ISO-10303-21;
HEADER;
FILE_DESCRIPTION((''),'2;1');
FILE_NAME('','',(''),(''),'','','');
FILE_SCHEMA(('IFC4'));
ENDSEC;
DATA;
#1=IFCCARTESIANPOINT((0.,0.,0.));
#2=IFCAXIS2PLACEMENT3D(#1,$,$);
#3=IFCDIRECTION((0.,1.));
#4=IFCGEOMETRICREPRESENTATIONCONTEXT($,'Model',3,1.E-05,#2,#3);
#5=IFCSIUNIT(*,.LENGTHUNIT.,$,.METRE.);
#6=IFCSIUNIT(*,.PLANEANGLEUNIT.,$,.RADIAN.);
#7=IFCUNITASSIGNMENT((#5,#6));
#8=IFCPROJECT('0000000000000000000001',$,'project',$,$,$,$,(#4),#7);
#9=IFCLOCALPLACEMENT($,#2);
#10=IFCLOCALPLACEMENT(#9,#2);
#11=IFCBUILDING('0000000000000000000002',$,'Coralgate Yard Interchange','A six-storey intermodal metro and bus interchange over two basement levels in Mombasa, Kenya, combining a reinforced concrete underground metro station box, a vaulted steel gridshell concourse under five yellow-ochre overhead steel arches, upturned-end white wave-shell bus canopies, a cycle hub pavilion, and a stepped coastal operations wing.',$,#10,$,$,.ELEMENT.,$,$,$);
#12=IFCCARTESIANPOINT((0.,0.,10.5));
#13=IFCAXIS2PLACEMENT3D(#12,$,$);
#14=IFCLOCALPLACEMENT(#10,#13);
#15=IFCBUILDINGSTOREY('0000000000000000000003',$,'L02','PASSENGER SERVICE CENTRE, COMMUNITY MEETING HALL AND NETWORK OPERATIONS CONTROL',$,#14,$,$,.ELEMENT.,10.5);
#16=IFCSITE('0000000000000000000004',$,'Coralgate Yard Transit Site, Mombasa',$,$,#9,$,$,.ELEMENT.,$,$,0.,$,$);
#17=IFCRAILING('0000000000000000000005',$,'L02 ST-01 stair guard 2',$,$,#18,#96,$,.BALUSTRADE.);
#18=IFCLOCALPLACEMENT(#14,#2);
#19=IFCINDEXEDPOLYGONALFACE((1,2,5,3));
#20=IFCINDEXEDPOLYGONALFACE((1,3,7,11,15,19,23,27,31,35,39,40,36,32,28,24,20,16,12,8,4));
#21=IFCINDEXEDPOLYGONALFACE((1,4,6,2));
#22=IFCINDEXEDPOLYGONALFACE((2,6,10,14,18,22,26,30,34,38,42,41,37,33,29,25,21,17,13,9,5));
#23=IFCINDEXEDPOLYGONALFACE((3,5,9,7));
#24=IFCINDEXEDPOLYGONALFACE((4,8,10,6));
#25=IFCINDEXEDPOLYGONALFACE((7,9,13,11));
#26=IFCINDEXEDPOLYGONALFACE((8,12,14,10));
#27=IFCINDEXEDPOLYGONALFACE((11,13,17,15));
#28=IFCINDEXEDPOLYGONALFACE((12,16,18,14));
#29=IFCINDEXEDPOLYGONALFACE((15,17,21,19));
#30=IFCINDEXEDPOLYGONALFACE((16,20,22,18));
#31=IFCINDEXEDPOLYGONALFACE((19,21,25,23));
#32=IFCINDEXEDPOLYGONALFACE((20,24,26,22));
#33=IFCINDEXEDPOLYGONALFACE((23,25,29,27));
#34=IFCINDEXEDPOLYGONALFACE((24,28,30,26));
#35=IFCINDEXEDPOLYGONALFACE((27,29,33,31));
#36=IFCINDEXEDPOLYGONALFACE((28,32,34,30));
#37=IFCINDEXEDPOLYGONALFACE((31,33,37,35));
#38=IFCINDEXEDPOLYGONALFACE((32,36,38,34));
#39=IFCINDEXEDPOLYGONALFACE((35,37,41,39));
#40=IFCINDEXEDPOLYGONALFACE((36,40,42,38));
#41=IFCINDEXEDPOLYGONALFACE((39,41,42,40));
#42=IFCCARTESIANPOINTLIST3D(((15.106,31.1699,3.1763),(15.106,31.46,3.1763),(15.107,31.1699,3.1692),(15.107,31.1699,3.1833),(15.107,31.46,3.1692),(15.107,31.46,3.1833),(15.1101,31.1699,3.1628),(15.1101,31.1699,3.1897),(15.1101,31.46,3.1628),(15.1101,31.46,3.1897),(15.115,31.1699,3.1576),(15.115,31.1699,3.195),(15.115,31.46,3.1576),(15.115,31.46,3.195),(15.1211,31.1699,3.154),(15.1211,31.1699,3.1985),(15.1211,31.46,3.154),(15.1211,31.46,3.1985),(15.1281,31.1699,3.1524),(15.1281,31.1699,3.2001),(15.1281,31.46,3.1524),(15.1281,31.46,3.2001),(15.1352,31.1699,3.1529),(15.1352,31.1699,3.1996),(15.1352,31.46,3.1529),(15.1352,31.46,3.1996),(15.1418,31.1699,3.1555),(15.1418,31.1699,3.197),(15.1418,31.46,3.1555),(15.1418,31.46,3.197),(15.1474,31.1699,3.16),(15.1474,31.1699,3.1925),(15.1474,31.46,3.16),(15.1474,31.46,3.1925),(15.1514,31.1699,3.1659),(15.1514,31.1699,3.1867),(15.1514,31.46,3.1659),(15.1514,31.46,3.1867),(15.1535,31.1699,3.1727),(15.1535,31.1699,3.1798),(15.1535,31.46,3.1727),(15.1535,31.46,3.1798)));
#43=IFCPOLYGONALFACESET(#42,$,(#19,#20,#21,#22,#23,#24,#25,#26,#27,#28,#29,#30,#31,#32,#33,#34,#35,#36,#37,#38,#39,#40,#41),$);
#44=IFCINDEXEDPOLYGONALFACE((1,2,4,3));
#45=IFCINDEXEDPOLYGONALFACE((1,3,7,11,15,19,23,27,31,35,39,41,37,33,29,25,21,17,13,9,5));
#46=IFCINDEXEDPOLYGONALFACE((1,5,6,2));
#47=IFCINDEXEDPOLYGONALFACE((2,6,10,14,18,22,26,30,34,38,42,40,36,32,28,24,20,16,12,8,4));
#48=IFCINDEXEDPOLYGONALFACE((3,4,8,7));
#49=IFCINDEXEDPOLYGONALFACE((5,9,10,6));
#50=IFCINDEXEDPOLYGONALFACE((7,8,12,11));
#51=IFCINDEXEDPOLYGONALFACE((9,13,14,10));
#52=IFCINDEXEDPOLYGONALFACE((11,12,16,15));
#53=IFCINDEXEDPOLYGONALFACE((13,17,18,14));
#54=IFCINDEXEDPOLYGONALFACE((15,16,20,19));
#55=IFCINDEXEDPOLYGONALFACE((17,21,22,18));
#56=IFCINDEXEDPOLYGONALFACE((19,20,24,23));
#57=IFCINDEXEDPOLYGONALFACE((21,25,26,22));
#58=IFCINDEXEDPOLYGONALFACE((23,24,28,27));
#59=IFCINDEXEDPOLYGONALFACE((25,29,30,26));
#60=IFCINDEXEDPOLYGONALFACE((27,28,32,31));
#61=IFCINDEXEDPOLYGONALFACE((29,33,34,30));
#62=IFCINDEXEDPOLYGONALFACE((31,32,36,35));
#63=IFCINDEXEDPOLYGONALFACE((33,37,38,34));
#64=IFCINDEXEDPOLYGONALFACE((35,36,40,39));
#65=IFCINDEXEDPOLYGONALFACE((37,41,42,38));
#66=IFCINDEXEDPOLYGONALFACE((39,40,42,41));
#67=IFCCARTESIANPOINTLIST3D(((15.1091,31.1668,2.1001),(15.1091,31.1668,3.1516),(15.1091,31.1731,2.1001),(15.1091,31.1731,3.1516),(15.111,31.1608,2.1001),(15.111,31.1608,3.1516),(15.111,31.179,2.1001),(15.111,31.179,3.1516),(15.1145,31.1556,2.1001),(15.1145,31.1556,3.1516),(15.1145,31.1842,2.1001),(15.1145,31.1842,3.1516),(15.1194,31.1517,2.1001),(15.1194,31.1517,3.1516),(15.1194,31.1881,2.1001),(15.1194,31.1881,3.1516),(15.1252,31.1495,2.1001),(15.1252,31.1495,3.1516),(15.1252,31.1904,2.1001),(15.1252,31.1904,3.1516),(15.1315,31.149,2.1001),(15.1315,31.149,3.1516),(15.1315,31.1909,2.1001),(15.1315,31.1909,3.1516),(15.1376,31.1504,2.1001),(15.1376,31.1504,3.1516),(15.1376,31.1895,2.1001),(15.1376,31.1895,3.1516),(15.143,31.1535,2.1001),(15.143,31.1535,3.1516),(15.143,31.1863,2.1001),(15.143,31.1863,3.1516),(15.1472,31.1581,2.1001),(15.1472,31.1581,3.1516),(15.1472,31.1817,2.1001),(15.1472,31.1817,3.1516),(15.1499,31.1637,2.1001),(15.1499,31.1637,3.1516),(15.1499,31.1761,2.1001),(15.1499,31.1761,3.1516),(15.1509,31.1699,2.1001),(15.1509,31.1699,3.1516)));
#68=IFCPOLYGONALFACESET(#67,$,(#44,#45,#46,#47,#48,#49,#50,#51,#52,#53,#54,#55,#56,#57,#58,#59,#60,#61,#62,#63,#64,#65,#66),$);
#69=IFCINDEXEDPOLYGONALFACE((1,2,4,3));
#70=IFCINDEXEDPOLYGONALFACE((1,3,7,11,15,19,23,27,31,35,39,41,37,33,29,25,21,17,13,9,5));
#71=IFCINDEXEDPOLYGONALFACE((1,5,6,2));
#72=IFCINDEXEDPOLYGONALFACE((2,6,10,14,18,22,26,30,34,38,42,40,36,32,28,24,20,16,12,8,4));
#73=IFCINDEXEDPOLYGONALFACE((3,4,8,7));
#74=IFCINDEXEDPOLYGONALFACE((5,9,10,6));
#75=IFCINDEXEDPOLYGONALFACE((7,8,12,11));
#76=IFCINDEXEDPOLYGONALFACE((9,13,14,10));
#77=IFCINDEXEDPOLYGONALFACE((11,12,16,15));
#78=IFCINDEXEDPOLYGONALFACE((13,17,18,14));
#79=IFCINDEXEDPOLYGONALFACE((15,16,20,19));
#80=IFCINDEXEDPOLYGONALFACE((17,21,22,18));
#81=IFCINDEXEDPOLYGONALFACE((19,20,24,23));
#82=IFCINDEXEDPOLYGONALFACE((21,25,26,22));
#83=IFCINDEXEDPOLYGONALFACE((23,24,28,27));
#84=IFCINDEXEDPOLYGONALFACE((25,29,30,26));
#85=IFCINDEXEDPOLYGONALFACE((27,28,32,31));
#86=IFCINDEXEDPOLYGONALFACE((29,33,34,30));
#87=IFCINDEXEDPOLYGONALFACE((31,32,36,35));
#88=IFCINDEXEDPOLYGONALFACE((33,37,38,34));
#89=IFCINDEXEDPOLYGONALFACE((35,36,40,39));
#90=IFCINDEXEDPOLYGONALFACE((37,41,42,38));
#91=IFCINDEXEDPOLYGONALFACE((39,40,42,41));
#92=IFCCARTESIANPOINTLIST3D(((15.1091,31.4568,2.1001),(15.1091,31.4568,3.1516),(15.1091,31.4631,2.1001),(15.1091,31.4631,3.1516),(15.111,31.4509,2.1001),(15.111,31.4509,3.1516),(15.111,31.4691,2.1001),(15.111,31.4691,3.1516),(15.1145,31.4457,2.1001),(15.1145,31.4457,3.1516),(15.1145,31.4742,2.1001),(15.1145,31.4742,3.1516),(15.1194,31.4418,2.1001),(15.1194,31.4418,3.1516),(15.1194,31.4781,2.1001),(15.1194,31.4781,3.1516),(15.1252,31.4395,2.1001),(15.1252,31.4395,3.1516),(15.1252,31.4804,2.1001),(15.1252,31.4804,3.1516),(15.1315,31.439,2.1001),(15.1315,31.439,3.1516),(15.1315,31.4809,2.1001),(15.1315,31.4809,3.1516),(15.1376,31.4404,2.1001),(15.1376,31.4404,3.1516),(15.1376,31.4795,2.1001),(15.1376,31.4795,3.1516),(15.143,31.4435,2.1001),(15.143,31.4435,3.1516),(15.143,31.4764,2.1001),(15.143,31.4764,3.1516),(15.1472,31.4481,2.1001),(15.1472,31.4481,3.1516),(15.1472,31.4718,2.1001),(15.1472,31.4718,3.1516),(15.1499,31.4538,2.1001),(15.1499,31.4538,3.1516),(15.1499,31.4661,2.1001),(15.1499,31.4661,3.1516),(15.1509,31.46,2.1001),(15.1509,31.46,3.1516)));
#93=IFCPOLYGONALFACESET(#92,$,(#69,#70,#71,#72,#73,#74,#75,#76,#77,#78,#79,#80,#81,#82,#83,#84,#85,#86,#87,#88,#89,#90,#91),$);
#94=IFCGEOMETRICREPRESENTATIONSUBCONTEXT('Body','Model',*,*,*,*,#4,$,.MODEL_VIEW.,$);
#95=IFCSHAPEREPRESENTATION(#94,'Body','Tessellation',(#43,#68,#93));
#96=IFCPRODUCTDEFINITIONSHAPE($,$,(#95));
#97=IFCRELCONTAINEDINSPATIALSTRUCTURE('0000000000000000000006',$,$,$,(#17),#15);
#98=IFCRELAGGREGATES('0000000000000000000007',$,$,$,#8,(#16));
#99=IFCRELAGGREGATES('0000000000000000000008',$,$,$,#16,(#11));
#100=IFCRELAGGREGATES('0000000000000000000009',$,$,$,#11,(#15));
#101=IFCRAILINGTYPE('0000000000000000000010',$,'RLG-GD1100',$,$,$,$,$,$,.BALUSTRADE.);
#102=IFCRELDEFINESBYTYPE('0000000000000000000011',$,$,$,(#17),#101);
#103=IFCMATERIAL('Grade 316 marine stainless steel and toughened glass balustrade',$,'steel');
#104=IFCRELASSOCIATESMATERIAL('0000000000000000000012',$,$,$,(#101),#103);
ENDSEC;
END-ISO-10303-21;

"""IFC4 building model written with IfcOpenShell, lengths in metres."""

from ifc_helpers import new_model, si_unit, direction, frame, origin, origin_2d, place, context, subcontext, project, spatial, circle, extrude, material, type_object, element, save


model = new_model("IFC4")

# Units and contexts
model_context = context("Model", 3, precision=1e-05, world=origin(), true_north=direction((0.0, 1.0)))
body_context = subcontext(model_context, "Body", "Model", "MODEL_VIEW")
ifc_project = project(units=[si_unit("LENGTHUNIT", "METRE"), si_unit("PLANEANGLEUNIT", "RADIAN")], contexts=[model_context])

# Site, building, storey
site_placement = place(None, origin())
site = spatial("IfcSite", under=ifc_project, at=site_placement, Name="Coralgate Yard Transit Site, Mombasa", CompositionType="ELEMENT", RefElevation=0.0)
building_placement = place(site_placement, origin())
building = spatial("IfcBuilding", under=site, at=building_placement, Name="Coralgate Yard Interchange", Description="A six-storey intermodal metro and bus interchange over two basement levels in Mombasa, Kenya, combining a reinforced concrete underground metro station box, a vaulted steel gridshell concourse under five yellow-ochre overhead steel arches, upturned-end white wave-shell bus canopies, a cycle hub pavilion, and a stepped coastal operations wing.", CompositionType="ELEMENT")
storey_placement = place(building_placement, frame((0.0, 0.0, 10.5)))
storey = spatial("IfcBuildingStorey", under=building, at=storey_placement, Name="L02", Description="PASSENGER SERVICE CENTRE, COMMUNITY MEETING HALL AND NETWORK OPERATIONS CONTROL", CompositionType="ELEMENT", Elevation=10.5)

# Railing
ifc_material_1 = material(Name="Grade 316 marine stainless steel and toughened glass balustrade", Category="steel")
railing_type_1 = type_object("IfcRailingType", Name="RLG-GD1100", PredefinedType="BALUSTRADE", material=ifc_material_1)
railing_1_placement = place(storey_placement, frame((15.1299, 31.1699, 2.1001)))
element("IfcRailing", 1, at=railing_1_placement, inside=storey, type_object=railing_type_1, Name="L02 ST-01 stair guard 2", PredefinedType="BALUSTRADE", context=body_context, shape_type="SweptSolid", body=[
    extrude(circle(Radius=0.0239, at=origin_2d()), frame((0.0, 0.0, 1.0762), z_axis=(0.0, 1.0, 0.0), x_axis=(-1.0, 0.0, 0.0)), (0.0, 0.0, 1.0), 0.29),
    extrude(circle(Radius=0.021, at=origin_2d()), origin(), (0.0, 0.0, 1.0), 1.0515),
    extrude(circle(Radius=0.021, at=origin_2d()), frame((0.0, 0.29, 0.0)), (0.0, 0.0, 1.0), 1.0515),
])

save(model, "model.ifc")
